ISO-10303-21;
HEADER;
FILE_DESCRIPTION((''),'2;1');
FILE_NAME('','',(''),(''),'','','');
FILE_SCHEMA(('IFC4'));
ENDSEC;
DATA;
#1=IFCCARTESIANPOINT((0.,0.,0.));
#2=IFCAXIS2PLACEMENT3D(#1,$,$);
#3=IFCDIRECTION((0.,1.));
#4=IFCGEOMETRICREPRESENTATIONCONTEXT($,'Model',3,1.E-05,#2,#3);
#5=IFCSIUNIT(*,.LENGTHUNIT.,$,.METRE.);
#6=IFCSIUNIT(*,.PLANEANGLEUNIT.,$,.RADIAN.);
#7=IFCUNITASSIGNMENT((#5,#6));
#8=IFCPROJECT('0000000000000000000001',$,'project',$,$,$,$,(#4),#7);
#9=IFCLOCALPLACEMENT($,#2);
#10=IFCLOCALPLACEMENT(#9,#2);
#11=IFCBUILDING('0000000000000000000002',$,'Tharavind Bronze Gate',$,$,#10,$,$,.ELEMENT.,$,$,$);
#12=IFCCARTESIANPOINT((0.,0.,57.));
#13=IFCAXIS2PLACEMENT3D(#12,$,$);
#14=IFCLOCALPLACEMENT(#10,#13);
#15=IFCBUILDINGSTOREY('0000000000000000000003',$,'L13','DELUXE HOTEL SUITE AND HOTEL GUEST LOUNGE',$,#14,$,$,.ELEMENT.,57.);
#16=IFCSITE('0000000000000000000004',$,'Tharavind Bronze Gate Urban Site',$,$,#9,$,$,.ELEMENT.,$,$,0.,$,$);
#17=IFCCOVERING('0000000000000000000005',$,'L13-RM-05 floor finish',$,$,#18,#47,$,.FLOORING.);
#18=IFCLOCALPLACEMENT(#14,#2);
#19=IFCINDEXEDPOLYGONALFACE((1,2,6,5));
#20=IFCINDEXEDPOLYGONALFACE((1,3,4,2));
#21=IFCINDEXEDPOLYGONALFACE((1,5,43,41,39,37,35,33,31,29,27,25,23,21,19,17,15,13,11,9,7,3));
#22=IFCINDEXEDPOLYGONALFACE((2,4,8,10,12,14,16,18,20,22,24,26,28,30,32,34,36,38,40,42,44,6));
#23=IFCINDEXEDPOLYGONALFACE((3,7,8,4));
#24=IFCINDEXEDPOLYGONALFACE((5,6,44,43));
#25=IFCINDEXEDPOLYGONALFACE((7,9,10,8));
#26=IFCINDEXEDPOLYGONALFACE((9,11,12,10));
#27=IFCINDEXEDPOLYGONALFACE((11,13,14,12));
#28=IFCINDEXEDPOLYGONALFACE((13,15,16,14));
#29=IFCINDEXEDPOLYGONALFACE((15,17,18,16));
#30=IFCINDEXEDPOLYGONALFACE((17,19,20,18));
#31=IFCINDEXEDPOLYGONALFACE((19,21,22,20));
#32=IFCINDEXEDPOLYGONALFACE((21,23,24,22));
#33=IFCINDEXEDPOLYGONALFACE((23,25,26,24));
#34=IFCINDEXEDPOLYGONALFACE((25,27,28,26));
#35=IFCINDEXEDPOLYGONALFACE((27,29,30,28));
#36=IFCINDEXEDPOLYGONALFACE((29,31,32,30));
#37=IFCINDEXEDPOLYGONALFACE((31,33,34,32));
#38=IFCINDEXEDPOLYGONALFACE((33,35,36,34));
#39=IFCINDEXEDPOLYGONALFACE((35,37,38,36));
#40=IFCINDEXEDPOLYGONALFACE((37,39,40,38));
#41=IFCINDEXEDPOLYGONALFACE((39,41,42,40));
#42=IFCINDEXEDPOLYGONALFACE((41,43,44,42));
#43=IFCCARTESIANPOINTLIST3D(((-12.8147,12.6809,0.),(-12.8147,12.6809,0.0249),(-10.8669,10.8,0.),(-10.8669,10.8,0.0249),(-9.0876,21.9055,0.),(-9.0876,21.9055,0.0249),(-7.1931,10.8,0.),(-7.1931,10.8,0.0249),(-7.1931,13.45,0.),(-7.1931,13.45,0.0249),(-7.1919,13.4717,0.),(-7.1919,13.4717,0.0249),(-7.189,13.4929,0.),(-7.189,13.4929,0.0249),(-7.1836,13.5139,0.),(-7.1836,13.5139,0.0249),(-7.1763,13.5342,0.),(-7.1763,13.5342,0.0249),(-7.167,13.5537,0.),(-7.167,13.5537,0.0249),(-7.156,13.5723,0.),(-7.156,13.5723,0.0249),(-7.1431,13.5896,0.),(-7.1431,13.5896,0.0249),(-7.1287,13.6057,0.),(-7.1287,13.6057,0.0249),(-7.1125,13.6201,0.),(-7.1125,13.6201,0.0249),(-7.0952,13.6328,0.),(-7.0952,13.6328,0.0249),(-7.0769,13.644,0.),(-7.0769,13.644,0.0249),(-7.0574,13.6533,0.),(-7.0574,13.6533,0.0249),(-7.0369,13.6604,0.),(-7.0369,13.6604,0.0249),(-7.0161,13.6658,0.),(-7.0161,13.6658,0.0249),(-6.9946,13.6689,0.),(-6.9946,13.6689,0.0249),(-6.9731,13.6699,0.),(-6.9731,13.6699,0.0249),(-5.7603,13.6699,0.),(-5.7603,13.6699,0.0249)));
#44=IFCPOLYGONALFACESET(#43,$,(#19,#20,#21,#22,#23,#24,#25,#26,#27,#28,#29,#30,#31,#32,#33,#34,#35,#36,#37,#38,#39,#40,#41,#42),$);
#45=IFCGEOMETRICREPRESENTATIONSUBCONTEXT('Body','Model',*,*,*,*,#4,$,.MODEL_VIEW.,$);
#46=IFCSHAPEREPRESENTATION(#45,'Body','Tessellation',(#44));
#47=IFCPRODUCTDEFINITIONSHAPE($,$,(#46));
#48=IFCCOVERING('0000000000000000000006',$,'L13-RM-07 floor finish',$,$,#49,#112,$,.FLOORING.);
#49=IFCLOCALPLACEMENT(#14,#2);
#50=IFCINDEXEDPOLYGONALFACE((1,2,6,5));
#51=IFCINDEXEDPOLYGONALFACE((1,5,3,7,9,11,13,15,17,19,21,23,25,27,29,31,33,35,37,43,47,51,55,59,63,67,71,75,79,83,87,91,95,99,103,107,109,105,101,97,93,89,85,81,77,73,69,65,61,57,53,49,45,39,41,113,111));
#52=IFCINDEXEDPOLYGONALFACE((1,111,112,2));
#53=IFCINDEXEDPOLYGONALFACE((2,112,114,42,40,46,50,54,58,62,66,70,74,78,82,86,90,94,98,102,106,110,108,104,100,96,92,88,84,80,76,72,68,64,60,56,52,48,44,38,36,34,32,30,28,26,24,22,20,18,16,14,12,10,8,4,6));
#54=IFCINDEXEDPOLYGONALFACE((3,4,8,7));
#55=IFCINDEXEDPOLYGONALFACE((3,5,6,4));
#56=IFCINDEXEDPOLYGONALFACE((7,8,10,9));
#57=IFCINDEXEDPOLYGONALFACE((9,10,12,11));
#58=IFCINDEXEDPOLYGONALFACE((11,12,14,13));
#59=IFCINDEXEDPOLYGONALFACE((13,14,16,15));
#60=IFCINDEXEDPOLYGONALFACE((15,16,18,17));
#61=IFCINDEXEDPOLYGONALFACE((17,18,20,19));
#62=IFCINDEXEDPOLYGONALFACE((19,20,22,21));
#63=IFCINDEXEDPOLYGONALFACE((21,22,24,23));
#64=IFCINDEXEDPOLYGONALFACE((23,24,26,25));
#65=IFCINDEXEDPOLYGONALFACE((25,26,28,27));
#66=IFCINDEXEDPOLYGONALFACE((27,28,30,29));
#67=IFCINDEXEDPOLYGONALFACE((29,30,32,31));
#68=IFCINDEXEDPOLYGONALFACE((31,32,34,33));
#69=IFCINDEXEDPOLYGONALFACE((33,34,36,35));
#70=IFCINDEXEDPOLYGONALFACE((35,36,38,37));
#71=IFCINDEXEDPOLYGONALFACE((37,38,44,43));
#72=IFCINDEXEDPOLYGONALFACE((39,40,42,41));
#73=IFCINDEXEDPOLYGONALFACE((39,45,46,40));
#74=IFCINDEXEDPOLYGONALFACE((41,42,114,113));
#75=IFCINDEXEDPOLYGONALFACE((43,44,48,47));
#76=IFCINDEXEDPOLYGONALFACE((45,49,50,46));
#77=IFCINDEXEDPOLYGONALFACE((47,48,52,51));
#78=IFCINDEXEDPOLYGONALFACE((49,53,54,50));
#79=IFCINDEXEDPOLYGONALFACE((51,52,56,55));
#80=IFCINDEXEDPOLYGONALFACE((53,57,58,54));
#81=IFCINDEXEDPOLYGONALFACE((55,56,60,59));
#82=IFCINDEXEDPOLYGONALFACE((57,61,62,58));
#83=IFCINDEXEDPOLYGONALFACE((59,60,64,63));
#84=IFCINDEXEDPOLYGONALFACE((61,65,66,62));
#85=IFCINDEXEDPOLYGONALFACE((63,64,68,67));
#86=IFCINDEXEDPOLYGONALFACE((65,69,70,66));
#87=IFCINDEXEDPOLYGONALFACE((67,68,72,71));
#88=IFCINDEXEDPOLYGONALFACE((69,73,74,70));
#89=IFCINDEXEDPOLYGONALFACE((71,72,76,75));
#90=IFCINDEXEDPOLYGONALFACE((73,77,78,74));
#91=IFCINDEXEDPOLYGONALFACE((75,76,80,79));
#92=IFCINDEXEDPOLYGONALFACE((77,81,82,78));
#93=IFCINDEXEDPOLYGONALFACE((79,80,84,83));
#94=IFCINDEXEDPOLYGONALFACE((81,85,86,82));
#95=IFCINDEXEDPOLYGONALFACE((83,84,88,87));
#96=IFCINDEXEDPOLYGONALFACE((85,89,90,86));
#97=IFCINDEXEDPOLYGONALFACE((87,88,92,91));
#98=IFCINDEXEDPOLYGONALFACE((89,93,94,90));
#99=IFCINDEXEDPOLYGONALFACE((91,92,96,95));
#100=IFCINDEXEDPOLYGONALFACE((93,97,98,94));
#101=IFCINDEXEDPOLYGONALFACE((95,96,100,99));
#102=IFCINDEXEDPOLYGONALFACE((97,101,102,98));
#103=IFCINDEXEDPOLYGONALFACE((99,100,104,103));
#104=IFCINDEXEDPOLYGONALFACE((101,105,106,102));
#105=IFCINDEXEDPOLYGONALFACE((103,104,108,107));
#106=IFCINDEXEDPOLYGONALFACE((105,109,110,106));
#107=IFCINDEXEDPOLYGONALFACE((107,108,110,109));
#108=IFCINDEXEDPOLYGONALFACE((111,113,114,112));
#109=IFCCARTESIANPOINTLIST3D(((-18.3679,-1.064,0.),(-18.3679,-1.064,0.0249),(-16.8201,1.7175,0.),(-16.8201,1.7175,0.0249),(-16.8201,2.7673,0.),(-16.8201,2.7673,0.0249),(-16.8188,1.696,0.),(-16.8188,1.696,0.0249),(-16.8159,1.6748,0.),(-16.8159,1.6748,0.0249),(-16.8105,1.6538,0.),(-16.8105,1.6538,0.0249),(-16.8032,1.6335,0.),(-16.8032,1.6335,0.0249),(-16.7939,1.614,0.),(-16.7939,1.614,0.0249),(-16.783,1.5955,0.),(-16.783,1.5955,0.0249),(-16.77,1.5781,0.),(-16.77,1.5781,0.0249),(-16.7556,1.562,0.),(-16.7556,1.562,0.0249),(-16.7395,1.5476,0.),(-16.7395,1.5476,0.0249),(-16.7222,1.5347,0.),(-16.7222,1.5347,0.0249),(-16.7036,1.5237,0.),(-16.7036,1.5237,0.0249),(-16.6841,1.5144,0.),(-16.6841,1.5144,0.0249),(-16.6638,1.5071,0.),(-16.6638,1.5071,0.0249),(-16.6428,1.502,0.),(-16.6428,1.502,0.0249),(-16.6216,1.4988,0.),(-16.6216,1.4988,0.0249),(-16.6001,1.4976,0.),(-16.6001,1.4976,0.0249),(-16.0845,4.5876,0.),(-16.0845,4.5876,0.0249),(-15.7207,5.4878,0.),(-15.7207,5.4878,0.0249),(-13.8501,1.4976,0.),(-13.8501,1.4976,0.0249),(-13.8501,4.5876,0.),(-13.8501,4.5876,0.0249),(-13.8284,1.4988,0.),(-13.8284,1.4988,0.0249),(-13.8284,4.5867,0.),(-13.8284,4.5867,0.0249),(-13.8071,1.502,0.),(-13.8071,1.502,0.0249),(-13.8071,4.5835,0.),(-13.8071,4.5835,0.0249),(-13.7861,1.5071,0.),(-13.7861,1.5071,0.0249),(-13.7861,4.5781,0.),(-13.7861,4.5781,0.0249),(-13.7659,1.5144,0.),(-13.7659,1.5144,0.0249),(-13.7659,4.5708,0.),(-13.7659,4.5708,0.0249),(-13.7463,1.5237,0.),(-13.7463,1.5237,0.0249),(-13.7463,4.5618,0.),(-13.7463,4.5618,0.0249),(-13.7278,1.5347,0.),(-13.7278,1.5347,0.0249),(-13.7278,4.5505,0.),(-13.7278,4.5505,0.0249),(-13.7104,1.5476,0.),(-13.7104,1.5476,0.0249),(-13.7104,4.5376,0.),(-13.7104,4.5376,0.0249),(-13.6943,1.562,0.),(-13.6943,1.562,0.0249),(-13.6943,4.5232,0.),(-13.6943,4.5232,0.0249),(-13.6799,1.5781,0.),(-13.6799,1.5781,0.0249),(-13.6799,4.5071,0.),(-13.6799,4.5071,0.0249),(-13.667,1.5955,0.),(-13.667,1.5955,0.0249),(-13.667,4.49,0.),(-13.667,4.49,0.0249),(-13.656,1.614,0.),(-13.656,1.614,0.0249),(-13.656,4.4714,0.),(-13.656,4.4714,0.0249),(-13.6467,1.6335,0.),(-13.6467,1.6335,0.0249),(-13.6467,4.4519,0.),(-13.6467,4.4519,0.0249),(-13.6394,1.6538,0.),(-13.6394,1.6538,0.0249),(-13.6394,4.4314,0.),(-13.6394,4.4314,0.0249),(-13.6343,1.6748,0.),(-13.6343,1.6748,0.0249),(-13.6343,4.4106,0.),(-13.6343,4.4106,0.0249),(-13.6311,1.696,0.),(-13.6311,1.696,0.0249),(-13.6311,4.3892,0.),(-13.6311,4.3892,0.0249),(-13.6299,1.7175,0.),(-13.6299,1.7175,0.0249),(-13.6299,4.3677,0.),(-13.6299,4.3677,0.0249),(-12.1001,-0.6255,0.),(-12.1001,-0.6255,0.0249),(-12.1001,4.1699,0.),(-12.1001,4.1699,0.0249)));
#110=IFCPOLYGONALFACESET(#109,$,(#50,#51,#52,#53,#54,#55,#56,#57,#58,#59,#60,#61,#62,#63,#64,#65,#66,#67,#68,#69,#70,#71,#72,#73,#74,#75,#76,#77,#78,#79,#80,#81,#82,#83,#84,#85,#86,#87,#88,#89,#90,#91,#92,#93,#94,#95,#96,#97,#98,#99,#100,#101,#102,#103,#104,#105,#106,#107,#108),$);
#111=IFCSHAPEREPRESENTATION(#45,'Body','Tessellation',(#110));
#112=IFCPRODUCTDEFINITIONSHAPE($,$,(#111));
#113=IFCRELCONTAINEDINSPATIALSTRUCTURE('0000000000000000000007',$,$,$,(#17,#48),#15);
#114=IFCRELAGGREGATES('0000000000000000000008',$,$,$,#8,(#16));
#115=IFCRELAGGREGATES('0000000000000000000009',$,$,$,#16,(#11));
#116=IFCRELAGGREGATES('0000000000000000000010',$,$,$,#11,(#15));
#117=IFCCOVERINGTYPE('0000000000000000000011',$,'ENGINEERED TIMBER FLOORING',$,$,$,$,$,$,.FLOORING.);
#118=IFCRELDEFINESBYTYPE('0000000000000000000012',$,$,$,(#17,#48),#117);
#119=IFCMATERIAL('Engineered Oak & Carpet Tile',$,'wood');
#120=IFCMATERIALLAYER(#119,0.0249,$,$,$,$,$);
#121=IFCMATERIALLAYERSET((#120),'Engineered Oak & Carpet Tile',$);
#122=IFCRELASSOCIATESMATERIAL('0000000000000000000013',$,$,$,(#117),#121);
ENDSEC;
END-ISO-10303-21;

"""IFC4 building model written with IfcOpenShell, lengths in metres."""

from ifc_helpers import new_model, si_unit, direction, frame, origin, place, context, subcontext, project, spatial, polyline, outline, extrude, material, layer, layer_set, type_object, element, save


model = new_model("IFC4")

# Units and contexts
model_context = context("Model", 3, precision=1e-05, world=origin(), true_north=direction((0.0, 1.0)))
body_context = subcontext(model_context, "Body", "Model", "MODEL_VIEW")
ifc_project = project(units=[si_unit("LENGTHUNIT", "METRE"), si_unit("PLANEANGLEUNIT", "RADIAN")], contexts=[model_context])

# Site, building, storey
site_placement = place(None, origin())
site = spatial("IfcSite", under=ifc_project, at=site_placement, Name="Tharavind Bronze Gate Urban Site", CompositionType="ELEMENT", RefElevation=0.0)
building_placement = place(site_placement, origin())
building = spatial("IfcBuilding", under=site, at=building_placement, Name="Tharavind Bronze Gate", CompositionType="ELEMENT")
storey_placement = place(building_placement, frame((0.0, 0.0, 57.0)))
storey = spatial("IfcBuildingStorey", under=building, at=storey_placement, Name="L13", Description="DELUXE HOTEL SUITE AND HOTEL GUEST LOUNGE", CompositionType="ELEMENT", Elevation=57.0)

# Coverings
ifc_material_1 = material(Name="Engineered Oak & Carpet Tile", Category="wood")
ifc_layer_1 = layer(ifc_material_1, 0.0249)
ifc_layer_set_1 = layer_set([ifc_layer_1], Name="Engineered Oak & Carpet Tile")
covering_type_1 = type_object("IfcCoveringType", Name="ENGINEERED TIMBER FLOORING", PredefinedType="FLOORING", material=ifc_layer_set_1)
covering_1_placement = place(storey_placement, origin())
element("IfcCovering", 1, at=covering_1_placement, inside=storey, type_object=covering_type_1, Name="L13-RM-05 floor finish", PredefinedType="FLOORING", context=body_context, shape_type="SweptSolid", body=[
    extrude(outline(polyline([(-10.8669, 10.8), (-7.1931, 10.8), (-7.1931, 13.45), (-7.1919, 13.4717), (-7.189, 13.4929), (-7.1836, 13.5139), (-7.1763, 13.5342), (-7.167, 13.5537), (-7.156, 13.5723), (-7.1431, 13.5896), (-7.1287, 13.6057), (-7.1125, 13.6201), (-7.0952, 13.6328), (-7.0769, 13.644), (-7.0574, 13.6533), (-7.0369, 13.6604), (-7.0161, 13.6658), (-6.9946, 13.6689), (-6.9731, 13.6699), (-5.7603, 13.6699), (-9.0876, 21.9055), (-12.8147, 12.6809), (-10.8669, 10.8)])), origin(), (0.0, 0.0, 1.0), 0.0249),
])
covering_2_placement = place(storey_placement, origin())
element("IfcCovering", 2, at=covering_2_placement, inside=storey, type_object=covering_type_1, Name="L13-RM-07 floor finish", PredefinedType="FLOORING", context=body_context, shape_type="SweptSolid", body=[
    extrude(outline(polyline([(-12.1001, -0.6255), (-12.1001, 4.1699), (-15.7207, 5.4878), (-16.0845, 4.5876), (-13.8501, 4.5876), (-13.8284, 4.5867), (-13.8071, 4.5835), (-13.7861, 4.5781), (-13.7659, 4.5708), (-13.7463, 4.5618), (-13.7278, 4.5505), (-13.7104, 4.5376), (-13.6943, 4.5232), (-13.6799, 4.5071), (-13.667, 4.49), (-13.656, 4.4714), (-13.6467, 4.4519), (-13.6394, 4.4314), (-13.6343, 4.4106), (-13.6311, 4.3892), (-13.6299, 4.3677), (-13.6299, 1.7175), (-13.6311, 1.696), (-13.6343, 1.6748), (-13.6394, 1.6538), (-13.6467, 1.6335), (-13.656, 1.614), (-13.667, 1.5955), (-13.6799, 1.5781), (-13.6943, 1.562), (-13.7104, 1.5476), (-13.7278, 1.5347), (-13.7463, 1.5237), (-13.7659, 1.5144), (-13.7861, 1.5071), (-13.8071, 1.502), (-13.8284, 1.4988), (-13.8501, 1.4976), (-16.6001, 1.4976), (-16.6216, 1.4988), (-16.6428, 1.502), (-16.6638, 1.5071), (-16.6841, 1.5144), (-16.7036, 1.5237), (-16.7222, 1.5347), (-16.7395, 1.5476), (-16.7556, 1.562), (-16.77, 1.5781), (-16.783, 1.5955), (-16.7939, 1.614), (-16.8032, 1.6335), (-16.8105, 1.6538), (-16.8159, 1.6748), (-16.8188, 1.696), (-16.8201, 1.7175), (-16.8201, 2.7673), (-18.3679, -1.064), (-12.1001, -0.6255)])), origin(), (0.0, 0.0, 1.0), 0.0249),
])

save(model, "model.ifc")
